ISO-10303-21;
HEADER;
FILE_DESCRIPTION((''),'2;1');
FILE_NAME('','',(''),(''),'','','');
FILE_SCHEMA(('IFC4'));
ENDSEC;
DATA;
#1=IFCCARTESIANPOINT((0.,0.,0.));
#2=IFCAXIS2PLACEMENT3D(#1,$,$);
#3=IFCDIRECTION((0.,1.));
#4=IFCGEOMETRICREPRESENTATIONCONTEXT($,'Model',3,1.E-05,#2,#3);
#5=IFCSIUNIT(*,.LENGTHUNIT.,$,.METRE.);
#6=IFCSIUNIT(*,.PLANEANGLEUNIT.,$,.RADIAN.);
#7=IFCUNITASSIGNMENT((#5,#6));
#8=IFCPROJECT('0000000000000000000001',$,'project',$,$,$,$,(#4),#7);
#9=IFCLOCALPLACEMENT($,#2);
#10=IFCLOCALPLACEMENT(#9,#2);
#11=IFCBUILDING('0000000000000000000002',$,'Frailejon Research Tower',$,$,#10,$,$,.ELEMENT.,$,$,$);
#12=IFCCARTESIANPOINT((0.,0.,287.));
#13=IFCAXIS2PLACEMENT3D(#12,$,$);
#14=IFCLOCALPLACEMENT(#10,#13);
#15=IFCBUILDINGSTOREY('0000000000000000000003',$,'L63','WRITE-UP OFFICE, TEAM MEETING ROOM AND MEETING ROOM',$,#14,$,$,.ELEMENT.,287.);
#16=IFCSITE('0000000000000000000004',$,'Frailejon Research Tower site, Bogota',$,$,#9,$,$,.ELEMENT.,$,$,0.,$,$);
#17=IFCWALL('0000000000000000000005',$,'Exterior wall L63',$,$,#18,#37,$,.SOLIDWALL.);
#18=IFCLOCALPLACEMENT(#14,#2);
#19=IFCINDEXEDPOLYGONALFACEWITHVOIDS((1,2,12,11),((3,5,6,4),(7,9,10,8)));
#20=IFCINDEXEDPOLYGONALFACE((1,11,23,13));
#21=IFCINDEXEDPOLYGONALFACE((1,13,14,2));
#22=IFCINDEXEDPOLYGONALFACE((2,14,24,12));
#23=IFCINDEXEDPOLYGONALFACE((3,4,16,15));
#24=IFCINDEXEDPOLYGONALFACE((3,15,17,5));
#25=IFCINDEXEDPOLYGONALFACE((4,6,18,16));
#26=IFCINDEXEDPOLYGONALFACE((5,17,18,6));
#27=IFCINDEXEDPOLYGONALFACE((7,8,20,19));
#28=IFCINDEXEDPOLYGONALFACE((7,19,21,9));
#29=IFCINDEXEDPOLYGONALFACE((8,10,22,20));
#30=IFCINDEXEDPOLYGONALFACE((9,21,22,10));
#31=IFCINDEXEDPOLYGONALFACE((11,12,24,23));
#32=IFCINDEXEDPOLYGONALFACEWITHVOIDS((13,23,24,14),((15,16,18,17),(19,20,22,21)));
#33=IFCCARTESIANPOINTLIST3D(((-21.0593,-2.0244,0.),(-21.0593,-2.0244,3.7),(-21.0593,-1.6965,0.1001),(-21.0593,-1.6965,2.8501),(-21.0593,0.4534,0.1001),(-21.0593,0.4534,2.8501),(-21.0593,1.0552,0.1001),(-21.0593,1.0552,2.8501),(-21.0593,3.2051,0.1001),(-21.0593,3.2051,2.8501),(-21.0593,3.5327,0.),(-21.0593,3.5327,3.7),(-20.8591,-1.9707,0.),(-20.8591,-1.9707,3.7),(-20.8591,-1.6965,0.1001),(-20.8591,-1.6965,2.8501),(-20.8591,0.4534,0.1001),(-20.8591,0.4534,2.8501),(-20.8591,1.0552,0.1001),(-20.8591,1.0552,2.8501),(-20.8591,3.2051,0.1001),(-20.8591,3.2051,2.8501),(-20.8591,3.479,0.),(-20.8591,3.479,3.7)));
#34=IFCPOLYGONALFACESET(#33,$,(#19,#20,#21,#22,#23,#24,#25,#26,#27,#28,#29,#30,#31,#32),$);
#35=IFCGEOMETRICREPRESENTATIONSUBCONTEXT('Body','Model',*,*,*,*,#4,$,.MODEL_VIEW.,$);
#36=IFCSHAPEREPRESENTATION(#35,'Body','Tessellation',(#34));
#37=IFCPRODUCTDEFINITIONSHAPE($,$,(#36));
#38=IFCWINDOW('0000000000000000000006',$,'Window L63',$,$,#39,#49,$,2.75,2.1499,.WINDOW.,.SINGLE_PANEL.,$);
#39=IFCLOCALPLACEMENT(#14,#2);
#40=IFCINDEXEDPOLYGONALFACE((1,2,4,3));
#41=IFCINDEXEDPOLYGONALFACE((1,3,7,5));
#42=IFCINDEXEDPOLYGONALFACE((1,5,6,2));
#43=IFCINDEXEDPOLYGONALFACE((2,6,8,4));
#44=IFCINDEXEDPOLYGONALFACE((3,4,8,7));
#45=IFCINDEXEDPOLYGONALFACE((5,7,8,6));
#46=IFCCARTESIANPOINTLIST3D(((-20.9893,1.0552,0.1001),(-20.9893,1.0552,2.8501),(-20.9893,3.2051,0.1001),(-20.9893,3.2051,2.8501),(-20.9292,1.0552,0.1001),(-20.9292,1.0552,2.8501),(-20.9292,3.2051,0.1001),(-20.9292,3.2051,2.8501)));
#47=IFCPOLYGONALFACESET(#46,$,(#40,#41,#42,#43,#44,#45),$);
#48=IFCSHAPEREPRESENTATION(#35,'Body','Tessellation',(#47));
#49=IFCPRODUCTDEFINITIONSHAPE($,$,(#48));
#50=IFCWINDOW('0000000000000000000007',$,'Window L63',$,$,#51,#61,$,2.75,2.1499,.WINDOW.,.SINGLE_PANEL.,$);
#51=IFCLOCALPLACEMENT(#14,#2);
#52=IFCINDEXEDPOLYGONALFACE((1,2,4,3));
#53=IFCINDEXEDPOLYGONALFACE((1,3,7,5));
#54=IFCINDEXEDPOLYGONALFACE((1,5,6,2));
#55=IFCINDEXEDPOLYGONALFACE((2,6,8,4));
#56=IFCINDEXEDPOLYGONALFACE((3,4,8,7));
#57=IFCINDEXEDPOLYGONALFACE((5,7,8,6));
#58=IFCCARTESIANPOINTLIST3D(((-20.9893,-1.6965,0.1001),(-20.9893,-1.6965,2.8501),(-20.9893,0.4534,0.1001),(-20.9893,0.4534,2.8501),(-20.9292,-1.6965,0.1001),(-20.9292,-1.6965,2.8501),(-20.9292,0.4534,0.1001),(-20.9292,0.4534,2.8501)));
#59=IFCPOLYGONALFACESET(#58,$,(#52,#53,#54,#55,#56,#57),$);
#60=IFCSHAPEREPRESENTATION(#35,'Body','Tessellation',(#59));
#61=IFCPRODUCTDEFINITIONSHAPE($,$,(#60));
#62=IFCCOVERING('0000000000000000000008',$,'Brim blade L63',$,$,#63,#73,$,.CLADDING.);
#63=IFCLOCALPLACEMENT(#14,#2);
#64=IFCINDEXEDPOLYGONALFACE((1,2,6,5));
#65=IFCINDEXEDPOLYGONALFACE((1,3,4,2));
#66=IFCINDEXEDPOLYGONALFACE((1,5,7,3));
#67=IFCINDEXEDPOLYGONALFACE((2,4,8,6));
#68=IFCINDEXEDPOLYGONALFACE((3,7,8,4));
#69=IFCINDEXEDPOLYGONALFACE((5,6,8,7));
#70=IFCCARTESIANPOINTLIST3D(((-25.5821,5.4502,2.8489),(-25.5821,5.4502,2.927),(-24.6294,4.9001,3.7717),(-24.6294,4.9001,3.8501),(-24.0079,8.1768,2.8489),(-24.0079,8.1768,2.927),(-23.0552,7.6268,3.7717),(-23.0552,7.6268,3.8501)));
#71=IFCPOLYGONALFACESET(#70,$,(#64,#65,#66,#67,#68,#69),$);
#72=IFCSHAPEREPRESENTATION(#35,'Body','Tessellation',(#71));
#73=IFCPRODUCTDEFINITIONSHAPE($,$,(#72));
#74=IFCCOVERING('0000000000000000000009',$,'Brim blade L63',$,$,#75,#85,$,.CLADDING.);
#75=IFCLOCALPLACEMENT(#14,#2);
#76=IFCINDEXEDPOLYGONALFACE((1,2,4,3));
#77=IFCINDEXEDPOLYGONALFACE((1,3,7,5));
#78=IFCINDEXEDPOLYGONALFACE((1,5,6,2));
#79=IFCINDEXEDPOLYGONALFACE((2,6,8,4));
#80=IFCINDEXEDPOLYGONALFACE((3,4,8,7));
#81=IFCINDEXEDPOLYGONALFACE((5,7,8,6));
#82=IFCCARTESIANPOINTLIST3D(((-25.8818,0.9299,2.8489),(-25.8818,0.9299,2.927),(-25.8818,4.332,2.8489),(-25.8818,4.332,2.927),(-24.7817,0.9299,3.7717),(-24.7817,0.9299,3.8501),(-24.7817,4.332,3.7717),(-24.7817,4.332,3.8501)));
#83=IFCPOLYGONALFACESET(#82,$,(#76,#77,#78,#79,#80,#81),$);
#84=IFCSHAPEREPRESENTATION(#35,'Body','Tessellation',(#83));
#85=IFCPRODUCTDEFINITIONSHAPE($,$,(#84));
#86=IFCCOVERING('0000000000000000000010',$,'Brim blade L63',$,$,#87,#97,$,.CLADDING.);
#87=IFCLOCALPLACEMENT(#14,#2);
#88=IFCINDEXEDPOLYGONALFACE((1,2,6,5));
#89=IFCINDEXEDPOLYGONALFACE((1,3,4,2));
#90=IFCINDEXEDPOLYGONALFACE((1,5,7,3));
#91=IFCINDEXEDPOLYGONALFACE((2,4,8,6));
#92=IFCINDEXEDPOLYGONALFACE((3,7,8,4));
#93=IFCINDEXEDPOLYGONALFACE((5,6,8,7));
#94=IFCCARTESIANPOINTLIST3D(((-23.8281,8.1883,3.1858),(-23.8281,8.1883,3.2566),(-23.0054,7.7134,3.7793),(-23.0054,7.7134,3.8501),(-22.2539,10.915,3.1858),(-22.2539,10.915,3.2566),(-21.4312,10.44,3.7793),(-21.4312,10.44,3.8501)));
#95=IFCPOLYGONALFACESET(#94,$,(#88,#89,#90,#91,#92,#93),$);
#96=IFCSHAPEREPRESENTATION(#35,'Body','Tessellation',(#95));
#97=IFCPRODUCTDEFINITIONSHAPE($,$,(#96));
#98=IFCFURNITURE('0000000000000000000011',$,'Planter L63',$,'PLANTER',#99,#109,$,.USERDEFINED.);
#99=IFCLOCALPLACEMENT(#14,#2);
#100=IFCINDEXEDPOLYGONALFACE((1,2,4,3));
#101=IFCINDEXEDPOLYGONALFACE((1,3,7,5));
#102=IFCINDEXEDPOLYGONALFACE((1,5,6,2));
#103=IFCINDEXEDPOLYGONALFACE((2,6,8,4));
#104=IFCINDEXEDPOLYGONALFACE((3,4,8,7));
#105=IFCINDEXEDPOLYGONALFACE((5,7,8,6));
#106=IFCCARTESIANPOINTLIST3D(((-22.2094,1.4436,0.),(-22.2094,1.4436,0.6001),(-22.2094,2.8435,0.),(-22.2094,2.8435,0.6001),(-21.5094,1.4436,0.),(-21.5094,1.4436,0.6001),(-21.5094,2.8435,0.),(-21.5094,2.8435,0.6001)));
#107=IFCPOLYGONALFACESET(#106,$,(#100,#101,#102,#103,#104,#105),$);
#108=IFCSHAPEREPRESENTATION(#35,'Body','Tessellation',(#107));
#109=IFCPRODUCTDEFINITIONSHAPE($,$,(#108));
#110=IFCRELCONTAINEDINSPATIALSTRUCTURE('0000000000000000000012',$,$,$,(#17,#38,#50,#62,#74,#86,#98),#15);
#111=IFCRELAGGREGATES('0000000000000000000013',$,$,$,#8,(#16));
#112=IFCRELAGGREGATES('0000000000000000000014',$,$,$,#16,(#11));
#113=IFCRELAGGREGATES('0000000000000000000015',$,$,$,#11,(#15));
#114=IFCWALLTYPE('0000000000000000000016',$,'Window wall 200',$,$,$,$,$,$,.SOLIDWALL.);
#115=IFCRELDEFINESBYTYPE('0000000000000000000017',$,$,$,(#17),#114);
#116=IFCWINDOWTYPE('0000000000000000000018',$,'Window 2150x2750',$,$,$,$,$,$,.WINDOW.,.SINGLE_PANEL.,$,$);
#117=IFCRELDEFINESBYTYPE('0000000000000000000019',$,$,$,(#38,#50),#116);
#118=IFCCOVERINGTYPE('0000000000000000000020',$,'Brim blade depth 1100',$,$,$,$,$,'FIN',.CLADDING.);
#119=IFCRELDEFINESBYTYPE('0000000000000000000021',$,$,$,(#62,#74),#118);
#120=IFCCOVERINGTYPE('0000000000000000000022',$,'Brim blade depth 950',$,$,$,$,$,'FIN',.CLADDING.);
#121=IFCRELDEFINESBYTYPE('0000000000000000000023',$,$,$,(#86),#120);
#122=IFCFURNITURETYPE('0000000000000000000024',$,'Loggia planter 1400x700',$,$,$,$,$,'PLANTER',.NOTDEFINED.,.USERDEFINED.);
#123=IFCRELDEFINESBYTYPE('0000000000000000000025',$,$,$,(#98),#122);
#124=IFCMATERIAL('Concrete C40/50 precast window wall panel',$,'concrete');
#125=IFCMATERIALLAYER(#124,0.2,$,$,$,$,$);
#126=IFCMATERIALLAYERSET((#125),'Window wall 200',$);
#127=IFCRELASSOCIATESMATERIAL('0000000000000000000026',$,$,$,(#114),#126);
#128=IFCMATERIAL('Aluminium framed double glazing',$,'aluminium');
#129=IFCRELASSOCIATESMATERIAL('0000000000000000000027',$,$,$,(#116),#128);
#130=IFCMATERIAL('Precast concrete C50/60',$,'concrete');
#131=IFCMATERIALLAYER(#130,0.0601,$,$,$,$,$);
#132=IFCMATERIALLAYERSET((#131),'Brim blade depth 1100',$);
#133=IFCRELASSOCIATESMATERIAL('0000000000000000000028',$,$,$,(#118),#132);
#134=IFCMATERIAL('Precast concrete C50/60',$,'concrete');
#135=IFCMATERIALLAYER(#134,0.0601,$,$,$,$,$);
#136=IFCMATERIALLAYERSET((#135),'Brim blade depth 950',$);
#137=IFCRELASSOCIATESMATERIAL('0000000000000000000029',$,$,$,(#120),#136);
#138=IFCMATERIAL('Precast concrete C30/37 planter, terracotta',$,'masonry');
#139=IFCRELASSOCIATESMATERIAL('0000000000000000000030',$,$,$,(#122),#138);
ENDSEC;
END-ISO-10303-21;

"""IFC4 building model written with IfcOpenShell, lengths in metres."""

from ifc_helpers import new_model, si_unit, direction, frame, frame_2d, origin, origin_2d, place, context, subcontext, project, spatial, polyline, rectangle, outline, extrude, material, layer, layer_set, type_object, element, fill, save


model = new_model("IFC4")

# Units and contexts
model_context = context("Model", 3, precision=1e-05, world=origin(), true_north=direction((0.0, 1.0)))
body_context = subcontext(model_context, "Body", "Model", "MODEL_VIEW")
ifc_project = project(units=[si_unit("LENGTHUNIT", "METRE"), si_unit("PLANEANGLEUNIT", "RADIAN")], contexts=[model_context])

# Site, building, storey
site_placement = place(None, origin())
site = spatial("IfcSite", under=ifc_project, at=site_placement, Name="Frailejon Research Tower site, Bogota", CompositionType="ELEMENT", RefElevation=0.0)
building_placement = place(site_placement, origin())
building = spatial("IfcBuilding", under=site, at=building_placement, Name="Frailejon Research Tower", CompositionType="ELEMENT")
storey_placement = place(building_placement, frame((0.0, 0.0, 287.0)))
storey = spatial("IfcBuildingStorey", under=building, at=storey_placement, Name="L63", Description="WRITE-UP OFFICE, TEAM MEETING ROOM AND MEETING ROOM", CompositionType="ELEMENT", Elevation=287.0)

# Wall, openings, windows
ifc_material_1 = material(Name="Concrete C40/50 precast window wall panel", Category="concrete")
ifc_layer_1 = layer(ifc_material_1, 0.2)
ifc_layer_set_1 = layer_set([ifc_layer_1], Name="Window wall 200")
wall_type_1 = type_object("IfcWallType", Name="Window wall 200", PredefinedType="SOLIDWALL", material=ifc_layer_set_1)
wall_1_placement = place(storey_placement, frame((-20.9592, 3.5059, 0.0), z_axis=(0.0, 0.0, 1.0), x_axis=(0.0, -1.0, 0.0)))
wall_1 = element("IfcWall", 1, at=wall_1_placement, inside=storey, type_object=wall_type_1, Name="Exterior wall L63", PredefinedType="SOLIDWALL", context=body_context, shape_type="SweptSolid", body=[
    extrude(outline(polyline([(-0.0269, -0.1001), (1.0845, -0.1001), (2.196, -0.1001), (3.3074, -0.1001), (4.4189, -0.1001), (5.5303, -0.1001), (5.4766, 0.1001), (4.3867, 0.1001), (3.2966, 0.1001), (2.2068, 0.1001), (1.1167, 0.1001), (0.0269, 0.1001), (-0.0269, -0.1001)])), origin(), (0.0, 0.0, 1.0), 3.7),
])
opening_1_placement = place(wall_1_placement, frame((0.3008, 0.0, 0.1001)))
opening_1 = element("IfcOpeningElement", 2, at=opening_1_placement, cuts=wall_1, PredefinedType="OPENING", context=body_context, shape_type="SweptSolid", body=[
    extrude(rectangle(XDim=2.1499, YDim=2.75, at=frame_2d((1.075, 1.375))), frame((0.0, 0.1099, 0.0), z_axis=(0.0, -1.0, 0.0), x_axis=(1.0, 0.0, 0.0)), (0.0, 0.0, 1.0), 0.22),
])
opening_2_placement = place(wall_1_placement, frame((3.0525, 0.0, 0.1001)))
opening_2 = element("IfcOpeningElement", 3, at=opening_2_placement, cuts=wall_1, PredefinedType="OPENING", context=body_context, shape_type="SweptSolid", body=[
    extrude(rectangle(XDim=2.1499, YDim=2.75, at=frame_2d((1.075, 1.375))), frame((0.0, 0.1099, 0.0), z_axis=(0.0, -1.0, 0.0), x_axis=(1.0, 0.0, 0.0)), (0.0, 0.0, 1.0), 0.22),
])
ifc_material_2 = material(Name="Aluminium framed double glazing", Category="aluminium")
window_type = type_object("IfcWindowType", Name="Window 2150x2750", PartitioningType="SINGLE_PANEL", PredefinedType="WINDOW", material=ifc_material_2)
window_1_placement = place(opening_1_placement, origin())
window_1 = element("IfcWindow", 4, at=window_1_placement, inside=storey, type_object=window_type, Name="Window L63", OverallHeight=2.75, OverallWidth=2.1499, PartitioningType="SINGLE_PANEL", PredefinedType="WINDOW", context=body_context, shape_type="SweptSolid", body=[
    extrude(rectangle(XDim=2.1499, YDim=2.75, at=frame_2d((1.075, 1.375))), frame((0.0, 0.03, 0.0), z_axis=(0.0, -1.0, 0.0), x_axis=(1.0, 0.0, 0.0)), (0.0, 0.0, 1.0), 0.0601),
])
fill(opening_1, window_1)
window_2_placement = place(opening_2_placement, origin())
window_2 = element("IfcWindow", 5, at=window_2_placement, inside=storey, type_object=window_type, Name="Window L63", OverallHeight=2.75, OverallWidth=2.1499, PartitioningType="SINGLE_PANEL", PredefinedType="WINDOW", context=body_context, shape_type="SweptSolid", body=[
    extrude(rectangle(XDim=2.1499, YDim=2.75, at=frame_2d((1.075, 1.375))), frame((0.0, 0.03, 0.0), z_axis=(0.0, -1.0, 0.0), x_axis=(1.0, 0.0, 0.0)), (0.0, 0.0, 1.0), 0.0601),
])
fill(opening_2, window_2)

# Coverings
ifc_material_3 = material(Name="Precast concrete C50/60", Category="concrete")
ifc_layer_2 = layer(ifc_material_3, 0.0601)
ifc_layer_set_2 = layer_set([ifc_layer_2], Name="Brim blade depth 1100")
covering_type_1 = type_object("IfcCoveringType", Name="Brim blade depth 1100", ElementType="FIN", PredefinedType="CLADDING", material=ifc_layer_set_2)
covering_1_placement = place(storey_placement, frame((-24.6294, 4.9001, 3.8501), z_axis=(0.5, 0.866026, 0.0), x_axis=(-0.866026, 0.5, 0.0)))
element("IfcCovering", 6, at=covering_1_placement, inside=storey, type_object=covering_type_1, Name="Brim blade L63", PredefinedType="CLADDING", context=body_context, shape_type="SweptSolid", body=[
    extrude(outline(polyline([(0.0, -0.0784), (1.1001, -1.0012), (1.1001, -0.9231), (0.0, 0.0), (0.0, -0.0784)])), origin(), (0.0, 0.0, 1.0), 3.1484),
])
covering_2_placement = place(storey_placement, frame((-24.7817, 0.9299, 3.8501), z_axis=(0.0, 1.0, 0.0), x_axis=(-1.0, 0.0, 0.0)))
element("IfcCovering", 7, at=covering_2_placement, inside=storey, type_object=covering_type_1, Name="Brim blade L63", PredefinedType="CLADDING", context=body_context, shape_type="SweptSolid", body=[
    extrude(outline(polyline([(0.0, -0.0784), (1.1001, -1.0012), (1.1001, -0.9231), (0.0, 0.0), (0.0, -0.0784)])), origin(), (0.0, 0.0, 1.0), 3.4021),
])
ifc_material_4 = material(Name="Precast concrete C50/60", Category="concrete")
ifc_layer_3 = layer(ifc_material_4, 0.0601)
ifc_layer_set_3 = layer_set([ifc_layer_3], Name="Brim blade depth 950")
covering_type_2 = type_object("IfcCoveringType", Name="Brim blade depth 950", ElementType="FIN", PredefinedType="CLADDING", material=ifc_layer_set_3)
covering_3_placement = place(storey_placement, frame((-23.0054, 7.7134, 3.8501), z_axis=(0.499986, 0.866033, 0.0), x_axis=(-0.866033, 0.499986, 0.0)))
element("IfcCovering", 8, at=covering_3_placement, inside=storey, type_object=covering_type_2, Name="Brim blade L63", PredefinedType="CLADDING", context=body_context, shape_type="SweptSolid", body=[
    extrude(outline(polyline([(0.0, -0.0708), (0.95, -0.6643), (0.95, -0.5935), (0.0, 0.0), (0.0, -0.0708)])), origin(), (0.0, 0.0, 1.0), 3.1484),
])

# Furniture
ifc_material_5 = material(Name="Precast concrete C30/37 planter, terracotta", Category="masonry")
furniture_type = type_object("IfcFurnitureType", Name="Loggia planter 1400x700", ElementType="PLANTER", AssemblyPlace="NOTDEFINED", PredefinedType="USERDEFINED", material=ifc_material_5)
furniture_placement = place(storey_placement, frame((-21.8594, 2.1436, 0.0), z_axis=(0.0, 0.0, 1.0), x_axis=(0.0, -1.0, 0.0)))
element("IfcFurniture", 9, at=furniture_placement, inside=storey, type_object=furniture_type, Name="Planter L63", ObjectType="PLANTER", PredefinedType="USERDEFINED", context=body_context, shape_type="SweptSolid", body=[
    extrude(rectangle(XDim=1.3999, YDim=0.7, at=origin_2d()), origin(), (0.0, 0.0, 1.0), 0.6001),
])

save(model, "model.ifc")
